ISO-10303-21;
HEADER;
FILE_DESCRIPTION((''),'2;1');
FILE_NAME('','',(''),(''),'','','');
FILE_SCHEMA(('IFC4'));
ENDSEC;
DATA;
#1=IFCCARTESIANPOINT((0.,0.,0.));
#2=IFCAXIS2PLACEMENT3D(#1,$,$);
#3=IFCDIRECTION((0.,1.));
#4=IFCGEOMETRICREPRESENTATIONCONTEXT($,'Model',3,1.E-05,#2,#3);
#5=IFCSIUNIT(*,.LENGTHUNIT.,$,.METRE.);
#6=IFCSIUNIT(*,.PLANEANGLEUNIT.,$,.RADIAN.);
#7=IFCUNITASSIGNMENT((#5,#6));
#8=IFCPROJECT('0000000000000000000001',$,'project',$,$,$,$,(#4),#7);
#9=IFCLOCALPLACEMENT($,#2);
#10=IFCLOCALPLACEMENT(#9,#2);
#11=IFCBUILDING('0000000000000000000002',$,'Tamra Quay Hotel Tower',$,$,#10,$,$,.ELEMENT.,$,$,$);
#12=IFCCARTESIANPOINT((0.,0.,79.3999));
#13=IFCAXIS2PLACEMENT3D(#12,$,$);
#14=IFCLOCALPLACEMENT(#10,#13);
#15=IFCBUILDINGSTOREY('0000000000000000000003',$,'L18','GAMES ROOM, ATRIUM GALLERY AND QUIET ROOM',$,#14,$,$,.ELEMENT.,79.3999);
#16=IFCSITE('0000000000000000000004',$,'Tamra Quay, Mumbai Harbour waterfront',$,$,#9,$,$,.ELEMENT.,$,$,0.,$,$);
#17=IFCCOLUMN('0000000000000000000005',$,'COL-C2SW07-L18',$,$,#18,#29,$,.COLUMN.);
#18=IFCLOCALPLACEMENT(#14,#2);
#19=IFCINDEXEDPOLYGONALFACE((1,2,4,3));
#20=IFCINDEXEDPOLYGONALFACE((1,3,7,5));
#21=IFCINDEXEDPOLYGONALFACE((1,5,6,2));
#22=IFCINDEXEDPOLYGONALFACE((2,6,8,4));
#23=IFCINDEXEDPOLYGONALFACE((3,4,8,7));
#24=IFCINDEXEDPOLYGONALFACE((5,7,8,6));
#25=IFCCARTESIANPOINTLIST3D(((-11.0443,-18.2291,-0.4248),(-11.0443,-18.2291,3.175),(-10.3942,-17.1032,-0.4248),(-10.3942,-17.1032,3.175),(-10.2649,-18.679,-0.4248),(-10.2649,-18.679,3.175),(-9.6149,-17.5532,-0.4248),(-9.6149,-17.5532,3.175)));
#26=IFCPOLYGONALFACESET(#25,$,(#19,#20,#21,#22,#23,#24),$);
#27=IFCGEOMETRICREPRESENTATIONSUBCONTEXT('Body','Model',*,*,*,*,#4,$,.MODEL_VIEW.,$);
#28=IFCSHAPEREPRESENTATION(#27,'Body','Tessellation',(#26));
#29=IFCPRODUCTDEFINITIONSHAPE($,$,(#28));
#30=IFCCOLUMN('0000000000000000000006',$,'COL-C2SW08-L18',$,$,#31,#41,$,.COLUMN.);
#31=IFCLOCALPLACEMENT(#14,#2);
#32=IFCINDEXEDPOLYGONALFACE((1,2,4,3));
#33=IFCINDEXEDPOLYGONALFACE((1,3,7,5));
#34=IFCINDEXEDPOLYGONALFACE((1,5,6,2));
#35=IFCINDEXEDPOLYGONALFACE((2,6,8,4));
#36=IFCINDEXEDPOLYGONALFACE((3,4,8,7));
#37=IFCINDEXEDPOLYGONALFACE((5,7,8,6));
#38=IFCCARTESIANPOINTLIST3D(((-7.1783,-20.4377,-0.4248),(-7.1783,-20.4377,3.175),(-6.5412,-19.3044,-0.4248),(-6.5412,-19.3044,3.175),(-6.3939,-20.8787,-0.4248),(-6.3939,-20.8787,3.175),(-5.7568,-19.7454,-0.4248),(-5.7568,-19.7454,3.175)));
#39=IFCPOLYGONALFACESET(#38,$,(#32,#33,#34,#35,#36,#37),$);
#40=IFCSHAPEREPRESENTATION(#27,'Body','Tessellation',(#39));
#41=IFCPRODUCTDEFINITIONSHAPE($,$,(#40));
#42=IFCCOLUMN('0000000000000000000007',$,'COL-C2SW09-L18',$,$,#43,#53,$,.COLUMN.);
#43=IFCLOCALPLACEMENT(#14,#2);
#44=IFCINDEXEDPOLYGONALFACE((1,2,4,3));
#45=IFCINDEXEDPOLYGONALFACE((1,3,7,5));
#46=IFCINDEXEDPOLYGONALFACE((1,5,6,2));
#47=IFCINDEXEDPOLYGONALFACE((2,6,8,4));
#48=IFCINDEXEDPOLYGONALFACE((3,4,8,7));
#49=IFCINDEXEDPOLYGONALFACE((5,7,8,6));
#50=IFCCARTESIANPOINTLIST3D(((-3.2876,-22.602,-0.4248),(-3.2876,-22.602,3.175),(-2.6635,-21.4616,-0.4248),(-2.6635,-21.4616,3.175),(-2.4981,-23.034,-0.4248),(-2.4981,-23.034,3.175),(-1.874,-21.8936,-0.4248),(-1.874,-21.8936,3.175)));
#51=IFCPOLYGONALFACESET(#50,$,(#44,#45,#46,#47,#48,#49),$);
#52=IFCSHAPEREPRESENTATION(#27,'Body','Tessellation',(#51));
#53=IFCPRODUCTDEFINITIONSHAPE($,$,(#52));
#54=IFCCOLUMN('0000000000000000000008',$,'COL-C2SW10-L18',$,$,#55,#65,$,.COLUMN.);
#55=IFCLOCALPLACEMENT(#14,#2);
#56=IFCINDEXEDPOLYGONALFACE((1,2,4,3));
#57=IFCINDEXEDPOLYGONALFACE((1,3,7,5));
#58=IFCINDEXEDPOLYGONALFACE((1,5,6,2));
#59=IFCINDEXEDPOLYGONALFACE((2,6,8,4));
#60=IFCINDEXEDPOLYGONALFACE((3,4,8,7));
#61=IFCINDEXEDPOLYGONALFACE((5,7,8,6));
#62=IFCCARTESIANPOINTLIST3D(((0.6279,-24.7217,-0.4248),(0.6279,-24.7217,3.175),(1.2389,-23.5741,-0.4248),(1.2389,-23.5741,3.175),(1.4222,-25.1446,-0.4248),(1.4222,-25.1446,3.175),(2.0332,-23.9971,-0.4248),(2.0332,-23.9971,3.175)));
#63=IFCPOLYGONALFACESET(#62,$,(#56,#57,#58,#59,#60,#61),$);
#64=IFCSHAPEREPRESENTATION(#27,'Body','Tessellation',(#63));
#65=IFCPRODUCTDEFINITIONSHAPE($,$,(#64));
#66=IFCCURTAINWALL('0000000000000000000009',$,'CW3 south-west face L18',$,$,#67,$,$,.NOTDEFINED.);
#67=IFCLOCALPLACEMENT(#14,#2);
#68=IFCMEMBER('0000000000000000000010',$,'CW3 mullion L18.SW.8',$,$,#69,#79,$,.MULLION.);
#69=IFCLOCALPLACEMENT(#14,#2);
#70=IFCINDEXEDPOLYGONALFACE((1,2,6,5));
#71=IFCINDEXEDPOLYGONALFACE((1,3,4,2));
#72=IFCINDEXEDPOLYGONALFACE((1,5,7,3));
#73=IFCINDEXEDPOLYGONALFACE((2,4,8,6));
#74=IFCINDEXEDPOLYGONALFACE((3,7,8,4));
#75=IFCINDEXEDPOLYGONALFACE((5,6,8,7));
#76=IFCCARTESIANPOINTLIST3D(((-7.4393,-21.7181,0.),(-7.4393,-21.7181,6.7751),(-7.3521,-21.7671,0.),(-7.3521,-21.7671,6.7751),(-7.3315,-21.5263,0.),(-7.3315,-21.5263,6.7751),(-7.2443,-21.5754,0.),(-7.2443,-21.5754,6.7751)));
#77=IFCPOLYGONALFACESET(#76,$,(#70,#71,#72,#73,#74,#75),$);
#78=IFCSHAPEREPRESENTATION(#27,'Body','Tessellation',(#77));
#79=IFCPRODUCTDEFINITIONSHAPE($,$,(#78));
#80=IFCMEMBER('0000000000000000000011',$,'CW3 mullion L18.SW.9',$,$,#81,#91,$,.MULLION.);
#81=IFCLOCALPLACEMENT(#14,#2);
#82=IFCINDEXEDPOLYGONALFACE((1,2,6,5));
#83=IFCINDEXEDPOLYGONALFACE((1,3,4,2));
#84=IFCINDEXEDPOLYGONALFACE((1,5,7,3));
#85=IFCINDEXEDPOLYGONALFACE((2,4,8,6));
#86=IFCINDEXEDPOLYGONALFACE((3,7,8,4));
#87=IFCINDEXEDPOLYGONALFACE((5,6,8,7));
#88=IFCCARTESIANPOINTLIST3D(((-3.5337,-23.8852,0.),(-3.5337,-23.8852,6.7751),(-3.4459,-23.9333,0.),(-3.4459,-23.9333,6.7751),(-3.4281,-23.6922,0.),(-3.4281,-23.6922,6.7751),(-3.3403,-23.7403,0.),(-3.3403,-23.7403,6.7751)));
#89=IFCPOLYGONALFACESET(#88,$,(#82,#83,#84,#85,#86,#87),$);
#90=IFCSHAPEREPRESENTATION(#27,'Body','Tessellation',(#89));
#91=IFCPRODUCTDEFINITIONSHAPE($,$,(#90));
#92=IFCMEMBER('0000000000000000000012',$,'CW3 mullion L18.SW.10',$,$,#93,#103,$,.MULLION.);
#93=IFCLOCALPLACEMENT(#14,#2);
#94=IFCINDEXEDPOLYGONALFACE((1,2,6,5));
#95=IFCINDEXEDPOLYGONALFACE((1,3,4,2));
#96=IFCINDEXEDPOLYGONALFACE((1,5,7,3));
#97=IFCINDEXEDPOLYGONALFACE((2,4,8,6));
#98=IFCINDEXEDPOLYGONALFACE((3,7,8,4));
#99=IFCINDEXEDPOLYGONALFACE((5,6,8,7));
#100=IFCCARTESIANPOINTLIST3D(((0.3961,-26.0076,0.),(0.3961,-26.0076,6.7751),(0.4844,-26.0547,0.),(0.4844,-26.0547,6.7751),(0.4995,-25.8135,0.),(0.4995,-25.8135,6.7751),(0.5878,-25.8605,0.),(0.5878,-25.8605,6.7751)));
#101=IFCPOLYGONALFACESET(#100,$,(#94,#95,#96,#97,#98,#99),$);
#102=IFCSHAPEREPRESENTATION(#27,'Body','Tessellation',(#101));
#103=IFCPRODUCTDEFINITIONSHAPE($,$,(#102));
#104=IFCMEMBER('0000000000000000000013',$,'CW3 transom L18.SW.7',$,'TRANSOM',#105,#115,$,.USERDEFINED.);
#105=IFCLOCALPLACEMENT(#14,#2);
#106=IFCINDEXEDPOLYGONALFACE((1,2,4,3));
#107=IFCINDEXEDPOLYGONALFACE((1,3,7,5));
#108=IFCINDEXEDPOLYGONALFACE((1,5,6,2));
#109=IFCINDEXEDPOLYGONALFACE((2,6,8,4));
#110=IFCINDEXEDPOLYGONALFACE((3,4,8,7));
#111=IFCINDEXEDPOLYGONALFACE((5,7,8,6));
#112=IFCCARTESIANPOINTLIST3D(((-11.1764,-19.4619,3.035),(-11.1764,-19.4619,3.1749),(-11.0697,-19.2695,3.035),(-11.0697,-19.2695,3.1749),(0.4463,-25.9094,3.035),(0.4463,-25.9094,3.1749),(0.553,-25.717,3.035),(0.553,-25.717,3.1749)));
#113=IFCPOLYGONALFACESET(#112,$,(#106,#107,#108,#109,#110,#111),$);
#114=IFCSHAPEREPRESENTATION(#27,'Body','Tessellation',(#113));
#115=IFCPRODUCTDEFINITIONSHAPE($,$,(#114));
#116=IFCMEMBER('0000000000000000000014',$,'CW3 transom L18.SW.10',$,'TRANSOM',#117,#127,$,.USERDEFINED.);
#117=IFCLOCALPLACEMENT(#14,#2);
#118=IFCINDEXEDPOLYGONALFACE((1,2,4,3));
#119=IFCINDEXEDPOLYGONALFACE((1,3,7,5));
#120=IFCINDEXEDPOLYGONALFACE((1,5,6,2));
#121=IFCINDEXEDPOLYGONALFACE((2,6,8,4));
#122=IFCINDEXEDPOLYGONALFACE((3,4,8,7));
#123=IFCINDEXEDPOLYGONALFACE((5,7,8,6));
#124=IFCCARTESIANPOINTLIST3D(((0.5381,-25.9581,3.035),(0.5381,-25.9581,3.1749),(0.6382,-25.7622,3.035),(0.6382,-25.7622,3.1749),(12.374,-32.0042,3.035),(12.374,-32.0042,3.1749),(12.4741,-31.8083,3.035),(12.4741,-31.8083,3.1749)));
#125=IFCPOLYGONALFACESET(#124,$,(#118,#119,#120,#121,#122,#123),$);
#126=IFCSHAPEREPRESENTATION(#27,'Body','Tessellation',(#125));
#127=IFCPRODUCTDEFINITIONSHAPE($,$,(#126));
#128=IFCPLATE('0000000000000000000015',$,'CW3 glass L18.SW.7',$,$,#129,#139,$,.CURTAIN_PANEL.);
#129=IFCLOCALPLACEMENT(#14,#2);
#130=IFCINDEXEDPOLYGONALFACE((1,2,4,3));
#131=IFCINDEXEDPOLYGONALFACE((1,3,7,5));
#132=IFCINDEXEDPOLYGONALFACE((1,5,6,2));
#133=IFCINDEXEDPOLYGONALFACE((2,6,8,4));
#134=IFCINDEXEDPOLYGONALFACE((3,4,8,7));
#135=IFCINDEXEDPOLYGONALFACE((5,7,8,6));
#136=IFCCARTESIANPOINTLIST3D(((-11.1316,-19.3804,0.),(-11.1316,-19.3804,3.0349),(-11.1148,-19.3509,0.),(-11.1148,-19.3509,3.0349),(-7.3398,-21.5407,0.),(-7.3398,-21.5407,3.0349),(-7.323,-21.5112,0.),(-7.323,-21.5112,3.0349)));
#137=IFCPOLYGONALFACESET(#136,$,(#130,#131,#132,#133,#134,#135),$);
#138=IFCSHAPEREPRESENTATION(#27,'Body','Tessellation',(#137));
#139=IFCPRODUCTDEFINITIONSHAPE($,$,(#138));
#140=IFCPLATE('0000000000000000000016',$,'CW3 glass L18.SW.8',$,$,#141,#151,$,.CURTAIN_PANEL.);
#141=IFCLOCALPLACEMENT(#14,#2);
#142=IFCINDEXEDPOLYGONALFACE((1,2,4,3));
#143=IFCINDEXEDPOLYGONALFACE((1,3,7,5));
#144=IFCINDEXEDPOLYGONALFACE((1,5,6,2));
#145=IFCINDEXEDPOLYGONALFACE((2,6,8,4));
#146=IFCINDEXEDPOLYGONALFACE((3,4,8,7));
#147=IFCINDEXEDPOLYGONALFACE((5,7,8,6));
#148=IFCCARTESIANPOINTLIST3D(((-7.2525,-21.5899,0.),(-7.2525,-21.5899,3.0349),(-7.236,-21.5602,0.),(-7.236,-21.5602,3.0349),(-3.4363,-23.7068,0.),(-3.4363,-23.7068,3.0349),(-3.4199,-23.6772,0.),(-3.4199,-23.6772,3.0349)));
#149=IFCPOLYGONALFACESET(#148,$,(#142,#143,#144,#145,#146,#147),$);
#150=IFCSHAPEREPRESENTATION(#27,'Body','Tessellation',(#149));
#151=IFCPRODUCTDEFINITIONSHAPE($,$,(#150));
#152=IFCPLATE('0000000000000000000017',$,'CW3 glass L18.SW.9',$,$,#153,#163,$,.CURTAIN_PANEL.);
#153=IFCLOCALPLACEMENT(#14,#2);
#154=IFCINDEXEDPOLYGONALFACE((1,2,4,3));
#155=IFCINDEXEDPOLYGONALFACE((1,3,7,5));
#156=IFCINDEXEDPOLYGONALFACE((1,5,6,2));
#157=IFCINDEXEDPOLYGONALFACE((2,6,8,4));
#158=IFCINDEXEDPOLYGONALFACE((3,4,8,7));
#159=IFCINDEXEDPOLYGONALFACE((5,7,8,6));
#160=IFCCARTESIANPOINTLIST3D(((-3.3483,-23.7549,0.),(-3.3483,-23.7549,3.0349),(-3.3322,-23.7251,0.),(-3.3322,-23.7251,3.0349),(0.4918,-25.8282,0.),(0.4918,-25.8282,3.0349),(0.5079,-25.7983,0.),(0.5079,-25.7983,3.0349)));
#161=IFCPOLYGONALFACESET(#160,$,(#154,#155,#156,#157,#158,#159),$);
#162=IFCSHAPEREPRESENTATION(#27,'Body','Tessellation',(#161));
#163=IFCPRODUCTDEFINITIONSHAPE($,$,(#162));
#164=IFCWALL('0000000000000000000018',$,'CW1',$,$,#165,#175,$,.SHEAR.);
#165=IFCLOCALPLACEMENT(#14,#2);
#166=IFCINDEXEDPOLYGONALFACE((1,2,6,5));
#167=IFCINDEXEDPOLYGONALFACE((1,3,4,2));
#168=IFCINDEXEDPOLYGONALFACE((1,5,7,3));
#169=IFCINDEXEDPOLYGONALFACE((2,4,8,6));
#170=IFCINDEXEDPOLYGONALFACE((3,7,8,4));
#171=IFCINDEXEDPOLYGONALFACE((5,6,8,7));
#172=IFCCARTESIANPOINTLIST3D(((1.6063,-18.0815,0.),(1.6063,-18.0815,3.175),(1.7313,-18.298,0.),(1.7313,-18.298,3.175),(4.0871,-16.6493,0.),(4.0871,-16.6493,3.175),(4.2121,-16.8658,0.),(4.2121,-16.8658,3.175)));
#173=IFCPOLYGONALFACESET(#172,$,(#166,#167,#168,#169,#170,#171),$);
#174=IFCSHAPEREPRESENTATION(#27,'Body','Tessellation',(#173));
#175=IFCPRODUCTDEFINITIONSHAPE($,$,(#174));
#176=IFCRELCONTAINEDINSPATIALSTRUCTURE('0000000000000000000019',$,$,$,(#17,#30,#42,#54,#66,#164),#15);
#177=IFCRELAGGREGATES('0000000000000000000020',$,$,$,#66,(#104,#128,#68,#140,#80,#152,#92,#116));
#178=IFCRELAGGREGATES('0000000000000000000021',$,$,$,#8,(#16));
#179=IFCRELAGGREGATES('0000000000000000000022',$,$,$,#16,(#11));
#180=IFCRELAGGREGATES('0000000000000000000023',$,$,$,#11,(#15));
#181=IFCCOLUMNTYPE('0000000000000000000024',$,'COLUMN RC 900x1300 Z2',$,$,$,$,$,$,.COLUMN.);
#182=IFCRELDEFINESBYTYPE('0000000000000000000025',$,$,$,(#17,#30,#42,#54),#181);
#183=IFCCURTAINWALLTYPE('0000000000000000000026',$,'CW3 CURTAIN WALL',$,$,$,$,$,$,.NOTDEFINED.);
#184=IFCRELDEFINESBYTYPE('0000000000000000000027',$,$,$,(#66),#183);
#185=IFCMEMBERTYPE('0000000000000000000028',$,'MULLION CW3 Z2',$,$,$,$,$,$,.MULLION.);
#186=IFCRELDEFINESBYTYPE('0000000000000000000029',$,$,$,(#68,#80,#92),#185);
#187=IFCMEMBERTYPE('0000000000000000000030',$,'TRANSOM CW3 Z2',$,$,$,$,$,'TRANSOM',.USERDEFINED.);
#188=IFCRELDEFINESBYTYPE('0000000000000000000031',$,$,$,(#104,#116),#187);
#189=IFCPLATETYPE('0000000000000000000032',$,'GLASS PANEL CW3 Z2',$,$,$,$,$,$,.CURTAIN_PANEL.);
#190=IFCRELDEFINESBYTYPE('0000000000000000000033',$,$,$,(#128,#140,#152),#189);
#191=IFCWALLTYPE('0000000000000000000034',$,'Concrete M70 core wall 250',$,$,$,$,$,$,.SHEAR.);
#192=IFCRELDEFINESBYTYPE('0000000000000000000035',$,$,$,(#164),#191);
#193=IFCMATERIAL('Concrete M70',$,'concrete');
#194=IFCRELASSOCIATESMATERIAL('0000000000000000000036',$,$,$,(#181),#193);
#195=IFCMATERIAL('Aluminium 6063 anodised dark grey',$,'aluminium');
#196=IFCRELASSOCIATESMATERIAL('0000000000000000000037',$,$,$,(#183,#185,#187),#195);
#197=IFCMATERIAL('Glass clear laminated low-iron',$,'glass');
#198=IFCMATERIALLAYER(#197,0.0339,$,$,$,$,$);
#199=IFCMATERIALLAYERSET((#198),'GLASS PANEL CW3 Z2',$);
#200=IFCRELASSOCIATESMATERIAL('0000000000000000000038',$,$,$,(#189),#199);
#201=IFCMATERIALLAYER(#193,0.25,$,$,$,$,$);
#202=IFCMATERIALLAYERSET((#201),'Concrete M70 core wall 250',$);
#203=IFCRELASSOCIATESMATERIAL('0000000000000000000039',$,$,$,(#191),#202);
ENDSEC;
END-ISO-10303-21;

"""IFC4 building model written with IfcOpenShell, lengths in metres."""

from ifc_helpers import new_model, si_unit, direction, frame, frame_2d, origin, origin_2d, place, context, subcontext, project, spatial, rectangle, extrude, material, layer, layer_set, material_profile, profile_set, type_object, element, aggregate, save


model = new_model("IFC4")

# Units and contexts
model_context = context("Model", 3, precision=1e-05, world=origin(), true_north=direction((0.0, 1.0)))
body_context = subcontext(model_context, "Body", "Model", "MODEL_VIEW")
ifc_project = project(units=[si_unit("LENGTHUNIT", "METRE"), si_unit("PLANEANGLEUNIT", "RADIAN")], contexts=[model_context])

# Site, building, storey
site_placement = place(None, origin())
site = spatial("IfcSite", under=ifc_project, at=site_placement, Name="Tamra Quay, Mumbai Harbour waterfront", CompositionType="ELEMENT", RefElevation=0.0)
building_placement = place(site_placement, origin())
building = spatial("IfcBuilding", under=site, at=building_placement, Name="Tamra Quay Hotel Tower", CompositionType="ELEMENT")
storey_placement = place(building_placement, frame((0.0, 0.0, 79.3999)))
storey = spatial("IfcBuildingStorey", under=building, at=storey_placement, Name="L18", Description="GAMES ROOM, ATRIUM GALLERY AND QUIET ROOM", CompositionType="ELEMENT", Elevation=79.3999)

# Columns
ifc_material_1 = material(Name="Concrete M70", Category="concrete")
ifc_material_profile_1 = material_profile(ifc_material_1, rectangle(XDim=1.3, YDim=0.8999, at=origin_2d()), Name="COLUMN RC 900x1300 Z2")
ifc_profile_set_1 = profile_set([ifc_material_profile_1], Name="Concrete M70")
column_type = type_object("IfcColumnType", Name="COLUMN RC 900x1300 Z2", PredefinedType="COLUMN", material=ifc_profile_set_1)
for number, where, z_axis, x_axis, name in (
    (1, (-10.3296, -17.8911, -0.4248), (0.0, 0.0, 1.0), (0.5, 0.866025, 0.0), "COL-C2SW07-L18"),
    (2, (-6.4675, -20.0916, -0.4248), (0.0, 0.0, 1.0), (0.490061, 0.871688, 0.0), "COL-C2SW08-L18"),
    (3, (-2.5808, -22.2478, -0.4248), (0.0, 0.0, 1.0), (0.48006, 0.877236, 0.0), "COL-C2SW09-L18"),
    (4, (1.3306, -24.3594, -0.4248), (0.0, 0.0, 1.0), (0.470002, 0.882666, 0.0), "COL-C2SW10-L18"),
):
    element("IfcColumn", number, at=place(storey_placement, frame(where, z_axis=z_axis, x_axis=x_axis)), inside=storey, type_object=column_type, Name=name, PredefinedType="COLUMN", context=body_context, shape_type="SweptSolid", body=[
        extrude(rectangle(XDim=1.3, YDim=0.8999, at=origin_2d()), origin(), (0.0, 0.0, 1.0), 3.5999),
    ])

# Curtain wall, members, plates
ifc_material_2 = material(Name="Aluminium 6063 anodised dark grey", Category="aluminium")
curtain_wall_type = type_object("IfcCurtainWallType", Name="CW3 CURTAIN WALL", PredefinedType="NOTDEFINED", material=ifc_material_2)
curtain_wall_placement = place(storey_placement, origin())
curtain_wall = element("IfcCurtainWall", 5, at=curtain_wall_placement, inside=storey, type_object=curtain_wall_type, Name="CW3 south-west face L18", PredefinedType="NOTDEFINED")
ifc_material_profile_2 = material_profile(ifc_material_2, rectangle(XDim=0.22, YDim=0.1001, at=origin_2d()), Name="MULLION 100X220")
ifc_profile_set_2 = profile_set([ifc_material_profile_2], Name="Aluminium 6063 anodised dark grey")
member_type_1 = type_object("IfcMemberType", Name="MULLION CW3 Z2", PredefinedType="MULLION", material=ifc_profile_set_2)
member_1_placement = place(storey_placement, frame((-7.3418, -21.6467, 0.0), z_axis=(0.0, 0.0, 1.0), x_axis=(-0.490074, -0.871681, 0.0)))
member_1 = element("IfcMember", 6, at=member_1_placement, type_object=member_type_1, Name="CW3 mullion L18.SW.8", PredefinedType="MULLION", context=body_context, shape_type="SweptSolid", body=[
    extrude(rectangle(XDim=0.22, YDim=0.1001, at=origin_2d()), origin(), (0.0, 0.0, 1.0), 6.7751),
])
member_2_placement = place(storey_placement, frame((-3.437, -23.8127, 0.0), z_axis=(0.0, 0.0, 1.0), x_axis=(-0.480089, -0.87722, 0.0)))
member_2 = element("IfcMember", 7, at=member_2_placement, type_object=member_type_1, Name="CW3 mullion L18.SW.9", PredefinedType="MULLION", context=body_context, shape_type="SweptSolid", body=[
    extrude(rectangle(XDim=0.22, YDim=0.1001, at=origin_2d()), origin(), (0.0, 0.0, 1.0), 6.7751),
])
member_3_placement = place(storey_placement, frame((0.4919, -25.9341, 0.0), z_axis=(0.0, 0.0, 1.0), x_axis=(-0.470049, -0.88264, 0.0)))
member_3 = element("IfcMember", 8, at=member_3_placement, type_object=member_type_1, Name="CW3 mullion L18.SW.10", PredefinedType="MULLION", context=body_context, shape_type="SweptSolid", body=[
    extrude(rectangle(XDim=0.22, YDim=0.1001, at=origin_2d()), origin(), (0.0, 0.0, 1.0), 6.7751),
])
ifc_material_profile_3 = material_profile(ifc_material_2, rectangle(XDim=0.22, YDim=0.1399, at=origin_2d()), Name="TRANSOM 220X140")
ifc_profile_set_3 = profile_set([ifc_material_profile_3], Name="Aluminium 6063 anodised dark grey")
member_type_2 = type_object("IfcMemberType", Name="TRANSOM CW3 Z2", ElementType="TRANSOM", PredefinedType="USERDEFINED", material=ifc_profile_set_3)
member_4_placement = place(storey_placement, frame((-11.123, -19.3657, 3.105), z_axis=(0.874464, -0.485091, 0.0), x_axis=(0.485091, 0.874464, 0.0)))
member_4 = element("IfcMember", 9, at=member_4_placement, type_object=member_type_2, Name="CW3 transom L18.SW.7", ObjectType="TRANSOM", PredefinedType="USERDEFINED", context=body_context, shape_type="SweptSolid", body=[
    extrude(rectangle(XDim=0.22, YDim=0.1399, at=origin_2d()), origin(), (0.0, 0.0, 1.0), 13.2913),
])
member_5_placement = place(storey_placement, frame((0.5881, -25.8601, 3.105), z_axis=(0.890536, -0.454912, 0.0), x_axis=(0.454912, 0.890536, 0.0)))
member_5 = element("IfcMember", 10, at=member_5_placement, type_object=member_type_2, Name="CW3 transom L18.SW.10", ObjectType="TRANSOM", PredefinedType="USERDEFINED", context=body_context, shape_type="SweptSolid", body=[
    extrude(rectangle(XDim=0.22, YDim=0.1399, at=origin_2d()), origin(), (0.0, 0.0, 1.0), 13.2908),
])
ifc_material_3 = material(Name="Glass clear laminated low-iron", Category="glass")
ifc_layer_1 = layer(ifc_material_3, 0.0339)
ifc_layer_set_1 = layer_set([ifc_layer_1], Name="GLASS PANEL CW3 Z2")
plate_type = type_object("IfcPlateType", Name="GLASS PANEL CW3 Z2", PredefinedType="CURTAIN_PANEL", material=ifc_layer_set_1)
plate_1_placement = place(storey_placement, frame((-9.2273, -20.4458, 0.0), z_axis=(0.0, 0.0, 1.0), x_axis=(0.868868, -0.495045, 0.0)))
plate_1 = element("IfcPlate", 11, at=plate_1_placement, type_object=plate_type, Name="CW3 glass L18.SW.7", PredefinedType="CURTAIN_PANEL", context=body_context, shape_type="SweptSolid", body=[
    extrude(rectangle(XDim=4.364, YDim=0.0339, at=origin_2d()), origin(), (0.0, 0.0, 1.0), 3.0349),
])
plate_2_placement = place(storey_placement, frame((-5.3362, -22.6335, 0.0), z_axis=(0.0, 0.0, 1.0), x_axis=(0.874465, -0.485088, 0.0)))
plate_2 = element("IfcPlate", 12, at=plate_2_placement, type_object=plate_type, Name="CW3 glass L18.SW.8", PredefinedType="CURTAIN_PANEL", context=body_context, shape_type="SweptSolid", body=[
    extrude(rectangle(XDim=4.364, YDim=0.0339, at=origin_2d()), origin(), (0.0, 0.0, 1.0), 3.0349),
])
plate_3_placement = place(storey_placement, frame((-1.4202, -24.7766, 0.0), z_axis=(0.0, 0.0, 1.0), x_axis=(0.879946, -0.475074, 0.0)))
plate_3 = element("IfcPlate", 13, at=plate_3_placement, type_object=plate_type, Name="CW3 glass L18.SW.9", PredefinedType="CURTAIN_PANEL", context=body_context, shape_type="SweptSolid", body=[
    extrude(rectangle(XDim=4.364, YDim=0.0339, at=origin_2d()), origin(), (0.0, 0.0, 1.0), 3.0349),
])
aggregate(curtain_wall, [member_4, plate_1, member_1, plate_2, member_2, plate_3, member_3, member_5])

# Wall
ifc_layer_2 = layer(ifc_material_1, 0.25)
ifc_layer_set_2 = layer_set([ifc_layer_2], Name="Concrete M70 core wall 250")
wall_type_1 = type_object("IfcWallType", Name="Concrete M70 core wall 250", PredefinedType="SHEAR", material=ifc_layer_set_2)
wall_1_placement = place(storey_placement, frame((1.6689, -18.1897, 0.0), z_axis=(0.0, 0.0, 1.0), x_axis=(0.866042, 0.499971, 0.0)))
element("IfcWall", 14, at=wall_1_placement, inside=storey, type_object=wall_type_1, Name="CW1", PredefinedType="SHEAR", context=body_context, shape_type="SweptSolid", body=[
    extrude(rectangle(XDim=2.8645, YDim=0.25, at=frame_2d((1.4321, 0.0))), origin(), (0.0, 0.0, 1.0), 3.175),
])

save(model, "model.ifc")
